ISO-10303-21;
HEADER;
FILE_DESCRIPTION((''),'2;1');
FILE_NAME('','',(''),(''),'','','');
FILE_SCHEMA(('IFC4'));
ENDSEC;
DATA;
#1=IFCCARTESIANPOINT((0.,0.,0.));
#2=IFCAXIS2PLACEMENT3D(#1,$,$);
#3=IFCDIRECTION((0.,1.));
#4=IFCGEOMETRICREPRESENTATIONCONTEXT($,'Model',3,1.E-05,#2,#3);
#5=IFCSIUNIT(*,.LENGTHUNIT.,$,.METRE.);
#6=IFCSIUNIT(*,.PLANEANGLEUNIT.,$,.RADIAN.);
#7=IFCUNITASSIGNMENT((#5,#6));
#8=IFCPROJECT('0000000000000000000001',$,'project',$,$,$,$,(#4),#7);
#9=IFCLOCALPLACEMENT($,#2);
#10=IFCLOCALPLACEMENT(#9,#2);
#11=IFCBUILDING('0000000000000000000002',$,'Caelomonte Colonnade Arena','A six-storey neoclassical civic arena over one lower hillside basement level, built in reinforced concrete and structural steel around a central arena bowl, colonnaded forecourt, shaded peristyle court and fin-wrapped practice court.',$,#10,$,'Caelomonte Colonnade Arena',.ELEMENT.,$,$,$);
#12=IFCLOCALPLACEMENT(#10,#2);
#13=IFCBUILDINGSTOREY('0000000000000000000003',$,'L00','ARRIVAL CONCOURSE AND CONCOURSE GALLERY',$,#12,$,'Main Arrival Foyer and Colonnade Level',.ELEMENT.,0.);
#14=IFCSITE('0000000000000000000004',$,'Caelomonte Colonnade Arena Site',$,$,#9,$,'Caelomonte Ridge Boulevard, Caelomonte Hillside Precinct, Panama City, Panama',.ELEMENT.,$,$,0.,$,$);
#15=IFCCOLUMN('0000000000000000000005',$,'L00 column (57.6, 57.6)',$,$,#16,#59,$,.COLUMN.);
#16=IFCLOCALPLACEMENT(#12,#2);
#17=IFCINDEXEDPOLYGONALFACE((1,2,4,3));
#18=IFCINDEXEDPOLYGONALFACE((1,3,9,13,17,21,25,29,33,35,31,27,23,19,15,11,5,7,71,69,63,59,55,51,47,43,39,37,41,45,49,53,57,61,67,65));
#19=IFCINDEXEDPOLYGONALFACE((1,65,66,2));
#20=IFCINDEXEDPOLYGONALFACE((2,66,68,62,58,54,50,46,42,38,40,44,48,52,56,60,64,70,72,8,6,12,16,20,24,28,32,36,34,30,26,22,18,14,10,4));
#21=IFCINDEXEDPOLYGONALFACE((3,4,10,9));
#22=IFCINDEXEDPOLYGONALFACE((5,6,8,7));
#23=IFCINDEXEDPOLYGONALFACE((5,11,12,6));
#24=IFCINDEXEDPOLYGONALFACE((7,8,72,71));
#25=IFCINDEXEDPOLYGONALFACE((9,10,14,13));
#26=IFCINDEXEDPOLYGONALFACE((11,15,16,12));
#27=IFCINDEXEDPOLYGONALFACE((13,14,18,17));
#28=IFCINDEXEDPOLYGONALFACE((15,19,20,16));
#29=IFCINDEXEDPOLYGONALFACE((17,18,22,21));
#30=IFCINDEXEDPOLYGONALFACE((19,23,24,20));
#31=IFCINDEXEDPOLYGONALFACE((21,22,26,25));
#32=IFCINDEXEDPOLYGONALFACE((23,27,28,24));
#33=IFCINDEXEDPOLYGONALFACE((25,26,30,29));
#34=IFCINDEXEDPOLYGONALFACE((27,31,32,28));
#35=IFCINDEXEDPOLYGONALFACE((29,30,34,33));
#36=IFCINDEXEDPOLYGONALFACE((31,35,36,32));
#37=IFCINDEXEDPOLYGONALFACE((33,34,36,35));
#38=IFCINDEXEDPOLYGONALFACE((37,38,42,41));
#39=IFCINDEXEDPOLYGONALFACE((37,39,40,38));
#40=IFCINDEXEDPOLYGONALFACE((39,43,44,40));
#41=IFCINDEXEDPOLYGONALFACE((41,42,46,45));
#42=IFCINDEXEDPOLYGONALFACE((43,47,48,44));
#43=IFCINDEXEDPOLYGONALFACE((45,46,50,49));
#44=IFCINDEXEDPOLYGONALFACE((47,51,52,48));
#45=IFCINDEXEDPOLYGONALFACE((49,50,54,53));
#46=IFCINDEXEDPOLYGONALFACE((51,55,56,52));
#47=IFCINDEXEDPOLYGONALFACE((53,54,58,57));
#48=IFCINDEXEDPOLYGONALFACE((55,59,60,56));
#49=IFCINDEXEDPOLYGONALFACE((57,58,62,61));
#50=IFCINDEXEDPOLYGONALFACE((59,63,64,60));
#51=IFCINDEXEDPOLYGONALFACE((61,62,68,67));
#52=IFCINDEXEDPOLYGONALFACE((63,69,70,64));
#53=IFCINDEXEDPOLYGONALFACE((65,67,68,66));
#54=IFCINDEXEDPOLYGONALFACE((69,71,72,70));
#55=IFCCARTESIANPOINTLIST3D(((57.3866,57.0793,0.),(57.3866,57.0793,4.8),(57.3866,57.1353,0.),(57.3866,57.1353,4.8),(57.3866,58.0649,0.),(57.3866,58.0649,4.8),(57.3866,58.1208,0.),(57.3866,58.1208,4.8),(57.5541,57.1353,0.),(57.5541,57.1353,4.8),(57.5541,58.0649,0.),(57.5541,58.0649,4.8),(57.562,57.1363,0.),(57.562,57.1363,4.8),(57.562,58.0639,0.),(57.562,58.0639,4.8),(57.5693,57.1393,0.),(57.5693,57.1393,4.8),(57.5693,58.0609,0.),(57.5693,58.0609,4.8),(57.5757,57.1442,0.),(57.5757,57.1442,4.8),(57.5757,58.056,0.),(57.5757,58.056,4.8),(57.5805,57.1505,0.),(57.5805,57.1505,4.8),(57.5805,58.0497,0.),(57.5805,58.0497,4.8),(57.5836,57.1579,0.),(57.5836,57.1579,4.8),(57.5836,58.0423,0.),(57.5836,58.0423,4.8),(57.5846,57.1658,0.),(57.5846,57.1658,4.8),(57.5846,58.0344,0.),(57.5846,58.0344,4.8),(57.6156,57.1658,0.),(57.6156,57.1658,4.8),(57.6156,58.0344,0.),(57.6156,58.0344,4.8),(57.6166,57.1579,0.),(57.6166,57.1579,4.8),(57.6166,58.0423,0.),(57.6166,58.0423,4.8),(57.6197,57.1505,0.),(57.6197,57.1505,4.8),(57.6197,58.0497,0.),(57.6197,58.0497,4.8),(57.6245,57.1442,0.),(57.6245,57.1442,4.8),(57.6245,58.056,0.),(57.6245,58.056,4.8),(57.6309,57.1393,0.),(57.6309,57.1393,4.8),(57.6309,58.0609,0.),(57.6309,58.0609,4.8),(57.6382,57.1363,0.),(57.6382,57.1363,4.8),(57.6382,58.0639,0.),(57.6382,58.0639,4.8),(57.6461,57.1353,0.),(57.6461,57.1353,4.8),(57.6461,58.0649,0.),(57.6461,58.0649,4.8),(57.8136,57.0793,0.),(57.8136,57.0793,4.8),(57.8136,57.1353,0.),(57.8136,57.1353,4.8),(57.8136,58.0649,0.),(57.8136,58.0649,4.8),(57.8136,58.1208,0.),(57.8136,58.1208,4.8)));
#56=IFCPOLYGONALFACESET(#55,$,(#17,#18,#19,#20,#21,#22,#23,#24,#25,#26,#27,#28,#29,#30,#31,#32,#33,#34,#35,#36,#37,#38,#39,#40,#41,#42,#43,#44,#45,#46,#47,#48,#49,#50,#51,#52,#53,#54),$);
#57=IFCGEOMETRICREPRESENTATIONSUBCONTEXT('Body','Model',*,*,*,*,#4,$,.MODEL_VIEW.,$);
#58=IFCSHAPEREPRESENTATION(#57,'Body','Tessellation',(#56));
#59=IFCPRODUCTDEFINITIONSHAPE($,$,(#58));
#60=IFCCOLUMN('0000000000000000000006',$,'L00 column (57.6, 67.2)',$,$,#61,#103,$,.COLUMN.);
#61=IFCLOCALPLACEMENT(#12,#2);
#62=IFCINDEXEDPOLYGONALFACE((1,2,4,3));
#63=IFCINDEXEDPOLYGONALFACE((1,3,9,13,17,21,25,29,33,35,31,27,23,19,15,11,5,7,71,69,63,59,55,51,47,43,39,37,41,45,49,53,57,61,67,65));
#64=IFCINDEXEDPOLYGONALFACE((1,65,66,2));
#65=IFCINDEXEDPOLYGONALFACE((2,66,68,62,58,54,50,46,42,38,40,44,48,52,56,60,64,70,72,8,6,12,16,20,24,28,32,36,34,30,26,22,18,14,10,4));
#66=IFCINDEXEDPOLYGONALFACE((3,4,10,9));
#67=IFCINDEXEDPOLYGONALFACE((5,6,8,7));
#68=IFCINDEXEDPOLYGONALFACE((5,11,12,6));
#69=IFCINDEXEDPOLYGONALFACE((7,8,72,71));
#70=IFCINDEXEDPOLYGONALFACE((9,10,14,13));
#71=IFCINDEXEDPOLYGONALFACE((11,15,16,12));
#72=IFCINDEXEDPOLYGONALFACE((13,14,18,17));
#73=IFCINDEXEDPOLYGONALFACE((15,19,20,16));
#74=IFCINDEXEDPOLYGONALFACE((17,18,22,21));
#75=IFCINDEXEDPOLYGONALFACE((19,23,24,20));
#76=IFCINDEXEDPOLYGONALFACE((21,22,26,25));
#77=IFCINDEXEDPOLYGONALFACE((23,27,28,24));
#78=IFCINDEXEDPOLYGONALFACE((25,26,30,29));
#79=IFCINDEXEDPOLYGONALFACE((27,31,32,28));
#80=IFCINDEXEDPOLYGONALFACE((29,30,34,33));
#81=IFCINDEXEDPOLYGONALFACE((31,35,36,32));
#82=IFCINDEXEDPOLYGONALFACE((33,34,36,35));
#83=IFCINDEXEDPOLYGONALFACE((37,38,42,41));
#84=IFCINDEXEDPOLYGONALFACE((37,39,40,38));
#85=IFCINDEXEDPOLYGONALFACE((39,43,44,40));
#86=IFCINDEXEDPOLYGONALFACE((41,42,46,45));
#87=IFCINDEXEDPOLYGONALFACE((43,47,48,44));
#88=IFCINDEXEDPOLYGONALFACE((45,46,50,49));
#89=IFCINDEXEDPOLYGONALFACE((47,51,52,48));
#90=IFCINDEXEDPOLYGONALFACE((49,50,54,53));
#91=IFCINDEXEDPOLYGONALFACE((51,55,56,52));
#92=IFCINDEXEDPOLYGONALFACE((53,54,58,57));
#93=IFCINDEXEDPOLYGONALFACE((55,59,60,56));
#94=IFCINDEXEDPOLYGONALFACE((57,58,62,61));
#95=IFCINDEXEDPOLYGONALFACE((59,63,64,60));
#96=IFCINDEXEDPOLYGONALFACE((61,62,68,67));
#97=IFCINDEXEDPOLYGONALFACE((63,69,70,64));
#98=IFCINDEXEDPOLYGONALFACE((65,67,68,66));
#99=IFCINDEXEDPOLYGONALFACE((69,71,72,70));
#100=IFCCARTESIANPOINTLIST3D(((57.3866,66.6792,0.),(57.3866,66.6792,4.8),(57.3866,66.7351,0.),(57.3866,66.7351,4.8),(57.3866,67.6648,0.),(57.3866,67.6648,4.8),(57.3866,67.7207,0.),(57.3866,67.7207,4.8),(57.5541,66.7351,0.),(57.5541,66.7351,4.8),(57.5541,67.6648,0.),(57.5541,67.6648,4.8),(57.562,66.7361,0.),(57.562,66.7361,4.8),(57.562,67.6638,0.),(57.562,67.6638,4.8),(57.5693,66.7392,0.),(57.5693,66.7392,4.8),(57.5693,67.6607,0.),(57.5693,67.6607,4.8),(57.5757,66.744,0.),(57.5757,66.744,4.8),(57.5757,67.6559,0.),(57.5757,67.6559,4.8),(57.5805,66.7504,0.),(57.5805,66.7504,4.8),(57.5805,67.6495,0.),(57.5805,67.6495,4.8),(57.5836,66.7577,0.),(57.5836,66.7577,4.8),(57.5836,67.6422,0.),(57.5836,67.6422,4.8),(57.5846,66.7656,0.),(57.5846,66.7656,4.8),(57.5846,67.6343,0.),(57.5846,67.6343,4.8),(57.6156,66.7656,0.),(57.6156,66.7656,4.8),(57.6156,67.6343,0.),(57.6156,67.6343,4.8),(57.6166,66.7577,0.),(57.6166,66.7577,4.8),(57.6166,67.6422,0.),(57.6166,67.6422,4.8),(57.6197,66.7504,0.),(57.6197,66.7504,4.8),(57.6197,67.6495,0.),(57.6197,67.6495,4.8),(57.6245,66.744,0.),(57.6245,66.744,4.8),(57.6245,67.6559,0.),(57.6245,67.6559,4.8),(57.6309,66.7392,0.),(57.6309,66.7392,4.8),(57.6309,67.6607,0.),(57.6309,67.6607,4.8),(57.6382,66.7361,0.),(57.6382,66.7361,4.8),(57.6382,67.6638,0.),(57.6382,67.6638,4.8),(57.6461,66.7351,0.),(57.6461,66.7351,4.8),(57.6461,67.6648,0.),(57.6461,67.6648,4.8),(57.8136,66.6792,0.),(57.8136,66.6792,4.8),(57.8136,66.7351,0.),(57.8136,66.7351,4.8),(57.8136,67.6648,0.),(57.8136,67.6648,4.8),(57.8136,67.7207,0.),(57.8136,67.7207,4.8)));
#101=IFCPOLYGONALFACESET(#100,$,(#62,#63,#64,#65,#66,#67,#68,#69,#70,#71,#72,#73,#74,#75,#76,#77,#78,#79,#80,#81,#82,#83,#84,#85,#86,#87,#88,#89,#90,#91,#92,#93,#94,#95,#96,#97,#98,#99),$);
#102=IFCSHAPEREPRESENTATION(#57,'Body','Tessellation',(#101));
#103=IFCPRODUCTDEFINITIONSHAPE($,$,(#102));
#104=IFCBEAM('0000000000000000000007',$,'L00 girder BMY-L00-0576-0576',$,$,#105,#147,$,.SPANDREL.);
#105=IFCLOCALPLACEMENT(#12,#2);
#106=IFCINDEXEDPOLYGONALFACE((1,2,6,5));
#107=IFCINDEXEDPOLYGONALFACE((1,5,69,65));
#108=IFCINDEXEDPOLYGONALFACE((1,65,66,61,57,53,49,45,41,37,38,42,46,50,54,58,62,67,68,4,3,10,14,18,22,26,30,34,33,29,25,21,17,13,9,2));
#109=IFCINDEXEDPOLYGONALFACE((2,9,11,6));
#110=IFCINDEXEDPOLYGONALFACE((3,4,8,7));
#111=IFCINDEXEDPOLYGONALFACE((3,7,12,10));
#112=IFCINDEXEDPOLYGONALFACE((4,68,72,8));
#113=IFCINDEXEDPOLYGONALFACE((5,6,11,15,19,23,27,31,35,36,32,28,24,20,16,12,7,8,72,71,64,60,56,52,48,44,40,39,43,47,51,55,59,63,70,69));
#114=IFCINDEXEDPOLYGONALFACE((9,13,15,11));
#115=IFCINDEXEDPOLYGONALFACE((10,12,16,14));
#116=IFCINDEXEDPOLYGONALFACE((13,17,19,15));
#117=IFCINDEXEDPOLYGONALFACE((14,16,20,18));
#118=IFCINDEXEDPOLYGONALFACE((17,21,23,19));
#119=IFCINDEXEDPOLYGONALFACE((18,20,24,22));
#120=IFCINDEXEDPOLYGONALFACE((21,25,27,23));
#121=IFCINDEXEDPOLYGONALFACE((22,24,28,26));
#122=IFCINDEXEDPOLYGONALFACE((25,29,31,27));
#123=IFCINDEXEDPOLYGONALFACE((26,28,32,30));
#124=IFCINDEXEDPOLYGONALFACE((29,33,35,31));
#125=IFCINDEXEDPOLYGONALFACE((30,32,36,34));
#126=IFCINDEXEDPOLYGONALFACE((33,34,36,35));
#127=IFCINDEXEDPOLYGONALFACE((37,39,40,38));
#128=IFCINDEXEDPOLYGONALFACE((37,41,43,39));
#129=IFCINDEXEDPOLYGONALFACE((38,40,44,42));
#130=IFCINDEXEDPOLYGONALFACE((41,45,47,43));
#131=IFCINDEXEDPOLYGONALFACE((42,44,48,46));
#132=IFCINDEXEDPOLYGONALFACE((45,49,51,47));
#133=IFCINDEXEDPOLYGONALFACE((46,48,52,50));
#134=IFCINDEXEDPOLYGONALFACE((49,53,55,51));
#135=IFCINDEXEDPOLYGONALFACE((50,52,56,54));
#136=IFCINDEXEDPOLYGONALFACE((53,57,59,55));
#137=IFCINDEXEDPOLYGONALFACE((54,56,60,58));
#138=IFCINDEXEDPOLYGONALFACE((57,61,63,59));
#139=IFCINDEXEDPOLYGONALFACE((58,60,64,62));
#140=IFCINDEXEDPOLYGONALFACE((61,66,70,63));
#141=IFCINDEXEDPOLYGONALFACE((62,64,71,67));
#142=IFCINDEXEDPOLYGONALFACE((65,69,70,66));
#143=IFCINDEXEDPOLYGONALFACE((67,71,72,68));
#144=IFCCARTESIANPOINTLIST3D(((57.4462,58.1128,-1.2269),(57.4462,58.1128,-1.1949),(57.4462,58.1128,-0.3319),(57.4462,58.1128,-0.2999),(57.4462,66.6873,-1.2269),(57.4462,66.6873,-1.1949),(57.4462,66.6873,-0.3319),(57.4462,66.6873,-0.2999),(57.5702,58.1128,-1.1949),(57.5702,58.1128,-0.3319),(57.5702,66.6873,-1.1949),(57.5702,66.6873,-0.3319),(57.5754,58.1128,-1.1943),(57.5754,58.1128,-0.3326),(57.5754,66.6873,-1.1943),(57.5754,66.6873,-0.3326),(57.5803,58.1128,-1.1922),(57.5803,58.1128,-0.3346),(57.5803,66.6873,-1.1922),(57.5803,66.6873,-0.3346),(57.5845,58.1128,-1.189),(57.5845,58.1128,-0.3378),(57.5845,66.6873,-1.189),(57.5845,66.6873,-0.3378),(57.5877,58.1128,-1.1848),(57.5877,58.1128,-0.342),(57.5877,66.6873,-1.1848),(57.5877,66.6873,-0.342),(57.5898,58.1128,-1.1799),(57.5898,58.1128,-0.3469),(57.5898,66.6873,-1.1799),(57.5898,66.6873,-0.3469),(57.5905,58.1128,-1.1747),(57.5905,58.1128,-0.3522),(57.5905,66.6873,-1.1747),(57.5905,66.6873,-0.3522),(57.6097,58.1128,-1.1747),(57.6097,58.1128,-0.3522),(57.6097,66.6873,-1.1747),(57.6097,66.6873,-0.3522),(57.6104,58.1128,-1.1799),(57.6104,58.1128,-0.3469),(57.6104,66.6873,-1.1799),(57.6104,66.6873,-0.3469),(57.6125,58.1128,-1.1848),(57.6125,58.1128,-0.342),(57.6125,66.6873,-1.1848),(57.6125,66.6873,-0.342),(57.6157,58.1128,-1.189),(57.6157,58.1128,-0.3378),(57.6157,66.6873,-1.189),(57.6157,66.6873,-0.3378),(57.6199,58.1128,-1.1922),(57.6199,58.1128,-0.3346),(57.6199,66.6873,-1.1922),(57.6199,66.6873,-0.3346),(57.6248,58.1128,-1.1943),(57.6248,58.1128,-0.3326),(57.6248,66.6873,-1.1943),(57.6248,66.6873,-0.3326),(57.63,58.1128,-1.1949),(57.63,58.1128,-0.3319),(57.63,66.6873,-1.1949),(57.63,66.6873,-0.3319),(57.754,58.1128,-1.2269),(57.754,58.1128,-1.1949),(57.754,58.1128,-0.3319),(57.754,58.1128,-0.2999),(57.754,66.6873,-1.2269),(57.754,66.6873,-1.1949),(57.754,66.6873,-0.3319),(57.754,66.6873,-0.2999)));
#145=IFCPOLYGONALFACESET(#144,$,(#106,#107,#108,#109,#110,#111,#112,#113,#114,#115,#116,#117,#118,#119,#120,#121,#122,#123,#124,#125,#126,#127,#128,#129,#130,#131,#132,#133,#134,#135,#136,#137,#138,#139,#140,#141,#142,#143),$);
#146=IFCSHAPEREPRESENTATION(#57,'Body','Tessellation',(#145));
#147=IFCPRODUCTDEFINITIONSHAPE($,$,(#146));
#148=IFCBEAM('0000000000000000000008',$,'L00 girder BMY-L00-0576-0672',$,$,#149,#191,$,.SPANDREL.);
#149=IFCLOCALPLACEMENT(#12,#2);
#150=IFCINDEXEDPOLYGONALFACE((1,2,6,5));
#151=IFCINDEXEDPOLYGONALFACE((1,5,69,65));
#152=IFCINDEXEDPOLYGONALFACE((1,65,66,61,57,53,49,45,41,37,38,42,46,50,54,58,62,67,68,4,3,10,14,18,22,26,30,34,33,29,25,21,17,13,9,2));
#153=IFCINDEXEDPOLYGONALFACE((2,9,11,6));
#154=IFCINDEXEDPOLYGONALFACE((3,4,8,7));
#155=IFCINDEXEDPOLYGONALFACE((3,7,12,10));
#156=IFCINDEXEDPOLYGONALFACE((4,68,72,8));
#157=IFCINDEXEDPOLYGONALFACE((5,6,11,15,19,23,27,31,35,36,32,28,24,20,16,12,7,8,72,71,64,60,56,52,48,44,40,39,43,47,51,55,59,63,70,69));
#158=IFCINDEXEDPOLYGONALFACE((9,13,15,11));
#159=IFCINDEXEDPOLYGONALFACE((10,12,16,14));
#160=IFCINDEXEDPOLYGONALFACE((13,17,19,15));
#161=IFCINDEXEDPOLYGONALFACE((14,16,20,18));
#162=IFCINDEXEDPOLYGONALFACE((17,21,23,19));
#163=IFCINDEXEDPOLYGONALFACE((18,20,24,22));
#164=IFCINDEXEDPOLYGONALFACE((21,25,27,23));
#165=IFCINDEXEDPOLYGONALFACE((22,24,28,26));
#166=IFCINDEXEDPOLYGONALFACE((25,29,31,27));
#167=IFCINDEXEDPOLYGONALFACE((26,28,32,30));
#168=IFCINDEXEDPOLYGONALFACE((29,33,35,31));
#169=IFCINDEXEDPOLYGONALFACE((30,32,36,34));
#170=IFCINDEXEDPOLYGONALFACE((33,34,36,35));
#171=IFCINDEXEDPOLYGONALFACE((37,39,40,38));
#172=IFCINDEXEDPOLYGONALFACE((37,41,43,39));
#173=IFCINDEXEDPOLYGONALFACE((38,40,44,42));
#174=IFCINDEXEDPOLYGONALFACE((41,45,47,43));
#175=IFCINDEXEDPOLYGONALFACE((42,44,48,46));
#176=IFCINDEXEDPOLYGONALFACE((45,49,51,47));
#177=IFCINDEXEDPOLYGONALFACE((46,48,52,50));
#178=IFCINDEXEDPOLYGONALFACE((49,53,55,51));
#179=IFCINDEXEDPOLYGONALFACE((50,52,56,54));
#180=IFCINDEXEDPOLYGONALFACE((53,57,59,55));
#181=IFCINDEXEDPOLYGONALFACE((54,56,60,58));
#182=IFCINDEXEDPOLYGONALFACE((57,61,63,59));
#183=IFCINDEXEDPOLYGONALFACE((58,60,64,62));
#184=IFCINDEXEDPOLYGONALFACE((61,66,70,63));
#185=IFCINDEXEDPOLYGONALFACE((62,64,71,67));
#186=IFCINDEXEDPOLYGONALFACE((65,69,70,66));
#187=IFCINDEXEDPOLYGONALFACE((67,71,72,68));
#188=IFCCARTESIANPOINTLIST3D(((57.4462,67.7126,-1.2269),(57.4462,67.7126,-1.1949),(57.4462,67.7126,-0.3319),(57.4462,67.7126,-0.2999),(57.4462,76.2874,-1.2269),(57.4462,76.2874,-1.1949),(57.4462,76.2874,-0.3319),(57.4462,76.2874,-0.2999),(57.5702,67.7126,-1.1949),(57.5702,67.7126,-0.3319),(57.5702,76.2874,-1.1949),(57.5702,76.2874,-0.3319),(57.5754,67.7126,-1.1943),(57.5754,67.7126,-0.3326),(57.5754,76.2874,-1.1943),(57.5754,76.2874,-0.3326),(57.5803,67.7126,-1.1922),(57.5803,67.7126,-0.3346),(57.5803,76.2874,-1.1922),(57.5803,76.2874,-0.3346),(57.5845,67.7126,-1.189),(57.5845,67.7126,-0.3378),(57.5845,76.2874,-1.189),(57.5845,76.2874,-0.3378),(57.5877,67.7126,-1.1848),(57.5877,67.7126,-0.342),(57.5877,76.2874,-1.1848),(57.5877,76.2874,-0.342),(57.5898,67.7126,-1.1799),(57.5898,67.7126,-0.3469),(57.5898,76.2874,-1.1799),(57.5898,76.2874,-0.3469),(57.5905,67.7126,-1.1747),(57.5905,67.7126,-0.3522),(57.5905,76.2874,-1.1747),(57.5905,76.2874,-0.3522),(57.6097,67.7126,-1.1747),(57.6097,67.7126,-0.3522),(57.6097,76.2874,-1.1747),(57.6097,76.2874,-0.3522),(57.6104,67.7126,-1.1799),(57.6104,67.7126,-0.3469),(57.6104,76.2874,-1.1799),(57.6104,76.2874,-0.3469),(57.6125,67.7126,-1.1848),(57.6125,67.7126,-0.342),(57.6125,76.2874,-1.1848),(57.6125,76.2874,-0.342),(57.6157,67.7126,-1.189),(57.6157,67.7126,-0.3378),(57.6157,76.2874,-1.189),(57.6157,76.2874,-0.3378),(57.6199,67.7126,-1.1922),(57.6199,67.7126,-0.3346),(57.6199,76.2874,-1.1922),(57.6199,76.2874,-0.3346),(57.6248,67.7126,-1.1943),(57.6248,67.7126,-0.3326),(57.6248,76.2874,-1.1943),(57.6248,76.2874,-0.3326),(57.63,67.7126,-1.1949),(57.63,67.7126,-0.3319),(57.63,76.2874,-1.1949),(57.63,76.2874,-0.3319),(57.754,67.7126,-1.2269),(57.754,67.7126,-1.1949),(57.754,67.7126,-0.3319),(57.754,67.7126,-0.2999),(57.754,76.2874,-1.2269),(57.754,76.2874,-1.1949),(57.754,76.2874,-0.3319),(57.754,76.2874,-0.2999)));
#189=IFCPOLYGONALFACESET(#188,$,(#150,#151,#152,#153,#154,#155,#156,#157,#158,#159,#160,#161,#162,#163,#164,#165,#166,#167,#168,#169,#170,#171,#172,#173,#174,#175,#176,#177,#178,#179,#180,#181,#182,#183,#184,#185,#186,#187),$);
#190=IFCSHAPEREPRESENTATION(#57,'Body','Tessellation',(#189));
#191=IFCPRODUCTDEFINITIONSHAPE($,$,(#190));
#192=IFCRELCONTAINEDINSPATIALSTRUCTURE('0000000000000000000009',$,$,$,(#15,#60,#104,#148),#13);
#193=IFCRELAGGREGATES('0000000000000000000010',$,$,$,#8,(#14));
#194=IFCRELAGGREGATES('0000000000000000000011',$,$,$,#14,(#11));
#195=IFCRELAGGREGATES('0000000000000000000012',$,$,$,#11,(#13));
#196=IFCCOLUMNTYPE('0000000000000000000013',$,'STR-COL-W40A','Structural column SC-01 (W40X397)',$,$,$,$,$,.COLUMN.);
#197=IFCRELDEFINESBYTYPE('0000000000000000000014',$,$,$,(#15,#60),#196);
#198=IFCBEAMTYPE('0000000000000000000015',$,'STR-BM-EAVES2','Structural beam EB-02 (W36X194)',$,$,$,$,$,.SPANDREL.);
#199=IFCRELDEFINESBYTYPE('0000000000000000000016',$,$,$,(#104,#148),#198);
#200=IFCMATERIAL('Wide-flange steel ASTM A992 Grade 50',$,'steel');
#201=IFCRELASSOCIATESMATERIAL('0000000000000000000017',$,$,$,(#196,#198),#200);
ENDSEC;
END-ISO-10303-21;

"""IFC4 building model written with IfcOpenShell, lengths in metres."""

from ifc_helpers import new_model, si_unit, direction, frame, origin, origin_2d, place, context, subcontext, project, spatial, i_section, extrude, material, material_profile, profile_set, type_object, element, save


model = new_model("IFC4")

# Units and contexts
model_context = context("Model", 3, precision=1e-05, world=origin(), true_north=direction((0.0, 1.0)))
body_context = subcontext(model_context, "Body", "Model", "MODEL_VIEW")
ifc_project = project(units=[si_unit("LENGTHUNIT", "METRE"), si_unit("PLANEANGLEUNIT", "RADIAN")], contexts=[model_context])

# Site, building, storey
site_placement = place(None, origin())
site = spatial("IfcSite", under=ifc_project, at=site_placement, Name="Caelomonte Colonnade Arena Site", LongName="Caelomonte Ridge Boulevard, Caelomonte Hillside Precinct, Panama City, Panama", CompositionType="ELEMENT", RefElevation=0.0)
building_placement = place(site_placement, origin())
building = spatial("IfcBuilding", under=site, at=building_placement, Name="Caelomonte Colonnade Arena", Description="A six-storey neoclassical civic arena over one lower hillside basement level, built in reinforced concrete and structural steel around a central arena bowl, colonnaded forecourt, shaded peristyle court and fin-wrapped practice court.", LongName="Caelomonte Colonnade Arena", CompositionType="ELEMENT")
storey_placement = place(building_placement, origin())
storey = spatial("IfcBuildingStorey", under=building, at=storey_placement, Name="L00", Description="ARRIVAL CONCOURSE AND CONCOURSE GALLERY", LongName="Main Arrival Foyer and Colonnade Level", CompositionType="ELEMENT", Elevation=0.0)

# Columns
ifc_material_1 = material(Name="Wide-flange steel ASTM A992 Grade 50", Category="steel")
ifc_material_profile_1 = material_profile(ifc_material_1, i_section(OverallWidth=0.427, OverallDepth=1.0415, WebThickness=0.031, FlangeThickness=0.0559, FilletRadius=0.0305, at=origin_2d()), Name="W40X397")
ifc_profile_set_1 = profile_set([ifc_material_profile_1], Name="Wide-flange steel ASTM A992 Grade 50")
column_type_1 = type_object("IfcColumnType", Name="STR-COL-W40A", Description="Structural column SC-01 (W40X397)", PredefinedType="COLUMN", material=ifc_profile_set_1)
for number, where, z_axis, x_axis, name in (
    (1, (57.6001, 57.6001, 0.0), (0.0, 0.0, 1.0), (1.0, 0.0, 0.0), "L00 column (57.6, 57.6)"),
    (2, (57.6001, 67.2, 0.0), (0.0, 0.0, 1.0), (1.0, 0.0, 0.0), "L00 column (57.6, 67.2)"),
):
    element("IfcColumn", number, at=place(storey_placement, frame(where, z_axis=z_axis, x_axis=x_axis)), inside=storey, type_object=column_type_1, Name=name, PredefinedType="COLUMN", context=body_context, shape_type="SweptSolid", body=[
        extrude(i_section(OverallWidth=0.427, OverallDepth=1.0415, WebThickness=0.031, FlangeThickness=0.0559, FilletRadius=0.0305, at=origin_2d()), origin(), (0.0, 0.0, 1.0), 4.8),
    ])

# Beams
ifc_material_profile_2 = material_profile(ifc_material_1, i_section(OverallWidth=0.3079, OverallDepth=0.927, WebThickness=0.0193, FlangeThickness=0.032, FilletRadius=0.0203, at=origin_2d()), Name="W36X194")
ifc_profile_set_2 = profile_set([ifc_material_profile_2], Name="Wide-flange steel ASTM A992 Grade 50")
beam_type_1 = type_object("IfcBeamType", Name="STR-BM-EAVES2", Description="Structural beam EB-02 (W36X194)", PredefinedType="SPANDREL", material=ifc_profile_set_2)
beam_1_placement = place(storey_placement, frame((57.6001, 58.1128, -0.7634), z_axis=(0.0, 1.0, 0.0), x_axis=(-1.0, 0.0, 0.0)))
element("IfcBeam", 3, at=beam_1_placement, inside=storey, type_object=beam_type_1, Name="L00 girder BMY-L00-0576-0576", PredefinedType="SPANDREL", context=body_context, shape_type="SweptSolid", body=[
    extrude(i_section(OverallWidth=0.3079, OverallDepth=0.927, WebThickness=0.0193, FlangeThickness=0.032, FilletRadius=0.0203, at=origin_2d()), origin(), (0.0, 0.0, 1.0), 8.5745),
])
beam_2_placement = place(storey_placement, frame((57.6001, 67.7126, -0.7634), z_axis=(0.0, 1.0, 0.0), x_axis=(-1.0, 0.0, 0.0)))
element("IfcBeam", 4, at=beam_2_placement, inside=storey, type_object=beam_type_1, Name="L00 girder BMY-L00-0576-0672", PredefinedType="SPANDREL", context=body_context, shape_type="SweptSolid", body=[
    extrude(i_section(OverallWidth=0.3079, OverallDepth=0.927, WebThickness=0.0193, FlangeThickness=0.032, FilletRadius=0.0203, at=origin_2d()), origin(), (0.0, 0.0, 1.0), 8.5747),
])

save(model, "model.ifc")
